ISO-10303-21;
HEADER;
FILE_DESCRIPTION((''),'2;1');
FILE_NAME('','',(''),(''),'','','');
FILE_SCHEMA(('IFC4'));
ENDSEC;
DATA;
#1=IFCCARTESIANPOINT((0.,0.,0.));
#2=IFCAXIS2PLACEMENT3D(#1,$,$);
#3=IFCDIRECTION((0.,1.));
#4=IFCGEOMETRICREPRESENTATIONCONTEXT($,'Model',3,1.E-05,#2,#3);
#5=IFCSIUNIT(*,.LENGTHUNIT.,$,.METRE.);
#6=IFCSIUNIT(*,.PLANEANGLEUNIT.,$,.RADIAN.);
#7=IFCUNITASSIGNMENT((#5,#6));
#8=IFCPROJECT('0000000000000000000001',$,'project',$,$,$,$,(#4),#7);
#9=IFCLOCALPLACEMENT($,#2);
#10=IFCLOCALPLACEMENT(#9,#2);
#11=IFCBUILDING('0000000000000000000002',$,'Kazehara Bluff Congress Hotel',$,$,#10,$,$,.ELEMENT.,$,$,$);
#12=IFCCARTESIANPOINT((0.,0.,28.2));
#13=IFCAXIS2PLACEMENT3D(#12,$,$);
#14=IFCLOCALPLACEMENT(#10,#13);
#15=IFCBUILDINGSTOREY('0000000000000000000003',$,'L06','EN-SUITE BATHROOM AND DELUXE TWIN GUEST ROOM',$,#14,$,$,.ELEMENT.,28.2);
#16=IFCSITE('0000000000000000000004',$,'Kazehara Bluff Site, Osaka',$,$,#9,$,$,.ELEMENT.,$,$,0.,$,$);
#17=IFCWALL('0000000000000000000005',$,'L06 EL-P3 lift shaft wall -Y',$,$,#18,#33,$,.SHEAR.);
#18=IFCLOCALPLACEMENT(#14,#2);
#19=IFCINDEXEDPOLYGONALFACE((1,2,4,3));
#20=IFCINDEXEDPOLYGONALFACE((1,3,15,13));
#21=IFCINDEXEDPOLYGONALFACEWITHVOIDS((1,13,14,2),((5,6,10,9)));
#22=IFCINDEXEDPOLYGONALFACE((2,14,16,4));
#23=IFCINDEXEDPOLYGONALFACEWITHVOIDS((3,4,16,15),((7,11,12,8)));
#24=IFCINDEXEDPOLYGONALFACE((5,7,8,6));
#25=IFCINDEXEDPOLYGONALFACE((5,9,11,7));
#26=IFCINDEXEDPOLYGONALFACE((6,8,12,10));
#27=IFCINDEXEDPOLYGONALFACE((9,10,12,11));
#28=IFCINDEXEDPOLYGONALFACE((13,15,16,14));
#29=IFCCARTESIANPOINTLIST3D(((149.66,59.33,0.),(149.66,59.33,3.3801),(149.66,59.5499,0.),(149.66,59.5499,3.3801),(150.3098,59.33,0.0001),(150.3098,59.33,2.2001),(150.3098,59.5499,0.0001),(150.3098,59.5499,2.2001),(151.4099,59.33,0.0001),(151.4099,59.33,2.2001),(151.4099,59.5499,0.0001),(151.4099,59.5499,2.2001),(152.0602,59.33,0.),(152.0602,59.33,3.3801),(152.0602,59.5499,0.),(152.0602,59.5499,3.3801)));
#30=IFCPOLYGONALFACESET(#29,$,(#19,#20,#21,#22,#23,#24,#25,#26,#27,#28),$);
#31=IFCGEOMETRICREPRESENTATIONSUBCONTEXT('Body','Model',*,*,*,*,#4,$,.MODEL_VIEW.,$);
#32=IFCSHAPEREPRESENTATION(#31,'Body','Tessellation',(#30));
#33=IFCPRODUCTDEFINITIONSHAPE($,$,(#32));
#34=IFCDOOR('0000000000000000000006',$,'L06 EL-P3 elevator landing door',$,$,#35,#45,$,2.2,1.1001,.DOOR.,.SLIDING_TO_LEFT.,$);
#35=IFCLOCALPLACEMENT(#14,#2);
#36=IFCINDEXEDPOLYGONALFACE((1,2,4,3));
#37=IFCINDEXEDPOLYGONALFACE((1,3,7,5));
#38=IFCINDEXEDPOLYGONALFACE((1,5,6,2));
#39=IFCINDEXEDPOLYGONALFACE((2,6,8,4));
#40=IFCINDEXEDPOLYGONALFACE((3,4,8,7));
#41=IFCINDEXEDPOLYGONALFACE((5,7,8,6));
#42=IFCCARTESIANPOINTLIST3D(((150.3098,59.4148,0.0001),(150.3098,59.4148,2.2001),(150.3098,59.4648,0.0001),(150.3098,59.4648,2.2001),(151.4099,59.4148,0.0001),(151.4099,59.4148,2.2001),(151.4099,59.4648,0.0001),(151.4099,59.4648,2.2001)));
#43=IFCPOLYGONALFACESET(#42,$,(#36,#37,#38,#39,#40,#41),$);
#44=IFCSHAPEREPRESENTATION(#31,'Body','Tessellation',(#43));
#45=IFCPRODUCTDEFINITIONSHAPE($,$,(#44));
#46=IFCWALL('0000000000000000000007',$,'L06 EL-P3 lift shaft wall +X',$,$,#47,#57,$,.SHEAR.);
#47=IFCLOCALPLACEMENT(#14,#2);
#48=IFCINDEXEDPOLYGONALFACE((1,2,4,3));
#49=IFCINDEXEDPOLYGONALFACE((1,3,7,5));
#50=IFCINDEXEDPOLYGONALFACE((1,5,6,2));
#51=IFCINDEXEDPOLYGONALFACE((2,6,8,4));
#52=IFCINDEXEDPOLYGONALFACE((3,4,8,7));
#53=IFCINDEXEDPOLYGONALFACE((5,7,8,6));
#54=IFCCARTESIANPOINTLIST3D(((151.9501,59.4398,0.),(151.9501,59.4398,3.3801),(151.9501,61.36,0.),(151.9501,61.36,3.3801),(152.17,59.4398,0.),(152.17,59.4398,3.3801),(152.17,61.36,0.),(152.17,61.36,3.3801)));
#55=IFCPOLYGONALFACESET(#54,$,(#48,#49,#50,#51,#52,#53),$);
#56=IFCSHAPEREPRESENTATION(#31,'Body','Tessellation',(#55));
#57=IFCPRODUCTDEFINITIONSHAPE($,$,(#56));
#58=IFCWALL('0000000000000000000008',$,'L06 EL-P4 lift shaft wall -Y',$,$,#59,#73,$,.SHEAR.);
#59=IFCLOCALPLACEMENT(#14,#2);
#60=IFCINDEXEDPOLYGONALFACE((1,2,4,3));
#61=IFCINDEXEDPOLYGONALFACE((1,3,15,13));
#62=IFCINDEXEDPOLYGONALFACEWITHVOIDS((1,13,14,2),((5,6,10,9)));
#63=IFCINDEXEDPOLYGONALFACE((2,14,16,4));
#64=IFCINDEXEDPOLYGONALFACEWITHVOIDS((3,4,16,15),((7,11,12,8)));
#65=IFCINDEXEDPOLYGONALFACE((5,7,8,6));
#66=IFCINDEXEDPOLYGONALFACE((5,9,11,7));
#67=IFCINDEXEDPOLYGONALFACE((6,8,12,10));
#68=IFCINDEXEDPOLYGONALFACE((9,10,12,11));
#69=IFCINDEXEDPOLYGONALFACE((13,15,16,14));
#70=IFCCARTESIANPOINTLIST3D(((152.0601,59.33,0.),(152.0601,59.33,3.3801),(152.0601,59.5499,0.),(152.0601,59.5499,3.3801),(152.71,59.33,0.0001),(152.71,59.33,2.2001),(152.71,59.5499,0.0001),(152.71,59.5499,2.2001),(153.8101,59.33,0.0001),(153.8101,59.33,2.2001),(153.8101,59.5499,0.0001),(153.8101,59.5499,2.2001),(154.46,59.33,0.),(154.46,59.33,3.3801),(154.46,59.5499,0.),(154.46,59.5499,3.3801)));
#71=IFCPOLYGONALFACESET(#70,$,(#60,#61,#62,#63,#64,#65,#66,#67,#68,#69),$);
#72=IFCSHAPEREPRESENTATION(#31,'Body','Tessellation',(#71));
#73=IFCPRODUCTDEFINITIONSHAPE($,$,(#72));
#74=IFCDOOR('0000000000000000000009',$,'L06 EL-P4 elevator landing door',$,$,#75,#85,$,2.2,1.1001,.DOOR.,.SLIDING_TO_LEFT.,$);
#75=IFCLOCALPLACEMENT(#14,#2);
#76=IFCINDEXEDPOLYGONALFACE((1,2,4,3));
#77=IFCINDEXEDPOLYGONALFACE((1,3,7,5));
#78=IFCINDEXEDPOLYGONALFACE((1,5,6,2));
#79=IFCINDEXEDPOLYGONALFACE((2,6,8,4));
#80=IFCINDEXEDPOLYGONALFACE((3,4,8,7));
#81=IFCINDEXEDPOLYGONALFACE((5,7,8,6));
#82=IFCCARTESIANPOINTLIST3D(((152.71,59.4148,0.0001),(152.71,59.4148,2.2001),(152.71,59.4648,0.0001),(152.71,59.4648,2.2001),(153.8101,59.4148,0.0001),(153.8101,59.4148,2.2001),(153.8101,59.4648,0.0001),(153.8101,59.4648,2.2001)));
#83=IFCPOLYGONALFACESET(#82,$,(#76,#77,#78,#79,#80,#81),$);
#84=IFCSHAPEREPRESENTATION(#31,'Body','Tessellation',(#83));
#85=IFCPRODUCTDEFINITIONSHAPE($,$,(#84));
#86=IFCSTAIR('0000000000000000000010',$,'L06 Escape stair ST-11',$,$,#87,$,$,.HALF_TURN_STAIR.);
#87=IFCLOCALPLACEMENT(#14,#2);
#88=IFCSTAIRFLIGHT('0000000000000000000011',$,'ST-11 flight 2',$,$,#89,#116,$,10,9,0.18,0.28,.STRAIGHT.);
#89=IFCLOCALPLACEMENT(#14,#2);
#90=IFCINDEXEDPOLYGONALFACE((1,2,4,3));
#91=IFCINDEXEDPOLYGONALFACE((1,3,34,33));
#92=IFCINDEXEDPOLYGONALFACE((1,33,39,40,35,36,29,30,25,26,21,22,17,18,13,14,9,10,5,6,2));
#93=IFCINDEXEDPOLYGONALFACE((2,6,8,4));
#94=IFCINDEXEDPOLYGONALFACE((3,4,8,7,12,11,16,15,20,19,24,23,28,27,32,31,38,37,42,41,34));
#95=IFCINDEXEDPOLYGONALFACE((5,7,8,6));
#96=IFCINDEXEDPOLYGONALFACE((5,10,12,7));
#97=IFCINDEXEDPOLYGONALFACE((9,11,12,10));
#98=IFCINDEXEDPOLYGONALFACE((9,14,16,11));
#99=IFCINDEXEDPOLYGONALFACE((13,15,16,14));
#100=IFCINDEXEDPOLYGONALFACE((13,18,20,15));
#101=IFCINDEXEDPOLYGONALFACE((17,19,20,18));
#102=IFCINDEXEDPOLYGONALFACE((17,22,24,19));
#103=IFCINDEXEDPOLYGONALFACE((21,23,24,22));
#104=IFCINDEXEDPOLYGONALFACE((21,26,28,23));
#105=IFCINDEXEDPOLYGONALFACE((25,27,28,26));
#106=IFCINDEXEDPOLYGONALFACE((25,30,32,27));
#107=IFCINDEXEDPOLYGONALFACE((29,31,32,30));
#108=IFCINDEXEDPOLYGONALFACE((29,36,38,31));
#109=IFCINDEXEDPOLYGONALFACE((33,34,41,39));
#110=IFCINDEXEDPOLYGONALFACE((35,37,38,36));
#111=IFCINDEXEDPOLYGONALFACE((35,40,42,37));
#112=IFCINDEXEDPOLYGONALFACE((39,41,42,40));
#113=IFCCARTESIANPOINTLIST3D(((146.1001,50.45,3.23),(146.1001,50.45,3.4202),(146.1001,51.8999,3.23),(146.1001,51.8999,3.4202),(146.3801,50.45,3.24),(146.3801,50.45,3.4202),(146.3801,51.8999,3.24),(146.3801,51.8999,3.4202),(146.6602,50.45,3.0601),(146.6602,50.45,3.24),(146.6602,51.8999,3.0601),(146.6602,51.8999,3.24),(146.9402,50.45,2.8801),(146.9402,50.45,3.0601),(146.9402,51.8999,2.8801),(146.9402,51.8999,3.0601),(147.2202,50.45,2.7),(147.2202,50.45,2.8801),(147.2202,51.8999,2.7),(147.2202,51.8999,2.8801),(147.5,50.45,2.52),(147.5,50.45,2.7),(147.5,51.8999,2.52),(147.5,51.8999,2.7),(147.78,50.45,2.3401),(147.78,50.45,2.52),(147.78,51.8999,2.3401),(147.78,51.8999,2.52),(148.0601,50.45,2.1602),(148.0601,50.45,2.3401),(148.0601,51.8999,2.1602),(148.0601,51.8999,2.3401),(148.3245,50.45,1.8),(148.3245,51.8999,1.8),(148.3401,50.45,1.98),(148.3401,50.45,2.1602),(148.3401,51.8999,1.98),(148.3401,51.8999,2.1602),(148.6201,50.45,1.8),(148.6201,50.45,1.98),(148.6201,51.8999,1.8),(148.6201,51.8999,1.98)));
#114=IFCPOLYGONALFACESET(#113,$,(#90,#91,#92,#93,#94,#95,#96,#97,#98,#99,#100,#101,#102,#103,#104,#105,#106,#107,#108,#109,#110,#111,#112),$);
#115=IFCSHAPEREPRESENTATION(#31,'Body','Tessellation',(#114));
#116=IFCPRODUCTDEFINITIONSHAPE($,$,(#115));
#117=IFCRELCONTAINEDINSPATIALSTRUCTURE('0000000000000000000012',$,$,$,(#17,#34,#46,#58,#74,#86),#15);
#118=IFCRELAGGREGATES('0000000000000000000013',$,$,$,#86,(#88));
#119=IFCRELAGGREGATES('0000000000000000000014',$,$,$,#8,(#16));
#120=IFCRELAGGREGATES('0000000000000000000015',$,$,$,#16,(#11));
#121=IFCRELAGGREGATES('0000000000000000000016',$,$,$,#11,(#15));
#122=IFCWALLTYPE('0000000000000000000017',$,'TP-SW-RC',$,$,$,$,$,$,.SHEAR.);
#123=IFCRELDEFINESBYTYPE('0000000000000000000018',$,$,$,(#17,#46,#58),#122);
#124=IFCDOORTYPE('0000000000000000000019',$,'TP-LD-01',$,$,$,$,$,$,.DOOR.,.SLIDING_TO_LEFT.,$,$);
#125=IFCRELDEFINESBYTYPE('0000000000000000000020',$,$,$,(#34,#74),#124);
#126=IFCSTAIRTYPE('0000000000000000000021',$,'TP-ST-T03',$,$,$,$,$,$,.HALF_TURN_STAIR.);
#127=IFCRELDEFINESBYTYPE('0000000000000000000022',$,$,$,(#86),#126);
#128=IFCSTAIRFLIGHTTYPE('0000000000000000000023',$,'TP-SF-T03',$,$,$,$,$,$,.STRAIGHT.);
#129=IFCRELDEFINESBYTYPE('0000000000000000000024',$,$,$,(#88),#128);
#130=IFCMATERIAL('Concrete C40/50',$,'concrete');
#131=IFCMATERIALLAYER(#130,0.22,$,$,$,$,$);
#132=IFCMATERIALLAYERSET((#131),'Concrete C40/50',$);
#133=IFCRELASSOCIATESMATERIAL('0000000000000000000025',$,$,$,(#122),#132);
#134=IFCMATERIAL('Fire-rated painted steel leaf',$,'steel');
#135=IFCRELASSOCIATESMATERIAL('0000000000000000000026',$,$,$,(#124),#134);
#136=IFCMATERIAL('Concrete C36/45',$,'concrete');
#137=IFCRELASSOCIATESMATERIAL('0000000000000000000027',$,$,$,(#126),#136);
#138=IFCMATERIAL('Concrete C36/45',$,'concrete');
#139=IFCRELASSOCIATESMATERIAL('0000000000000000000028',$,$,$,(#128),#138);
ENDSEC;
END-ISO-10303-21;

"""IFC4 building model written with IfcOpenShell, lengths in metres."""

from ifc_helpers import new_model, si_unit, direction, frame, frame_2d, origin, place, context, subcontext, project, spatial, polyline, rectangle, outline, extrude, material, layer, layer_set, type_object, element, fill, aggregate, save


model = new_model("IFC4")

# Units and contexts
model_context = context("Model", 3, precision=1e-05, world=origin(), true_north=direction((0.0, 1.0)))
body_context = subcontext(model_context, "Body", "Model", "MODEL_VIEW")
ifc_project = project(units=[si_unit("LENGTHUNIT", "METRE"), si_unit("PLANEANGLEUNIT", "RADIAN")], contexts=[model_context])

# Site, building, storey
site_placement = place(None, origin())
site = spatial("IfcSite", under=ifc_project, at=site_placement, Name="Kazehara Bluff Site, Osaka", CompositionType="ELEMENT", RefElevation=0.0)
building_placement = place(site_placement, origin())
building = spatial("IfcBuilding", under=site, at=building_placement, Name="Kazehara Bluff Congress Hotel", CompositionType="ELEMENT")
storey_placement = place(building_placement, frame((0.0, 0.0, 28.2)))
storey = spatial("IfcBuildingStorey", under=building, at=storey_placement, Name="L06", Description="EN-SUITE BATHROOM AND DELUXE TWIN GUEST ROOM", CompositionType="ELEMENT", Elevation=28.2)

# Shared definitions
ifc_material_1 = material(Name="Concrete C40/50", Category="concrete")
ifc_layer_1 = layer(ifc_material_1, 0.22)
ifc_layer_set_1 = layer_set([ifc_layer_1], Name="Concrete C40/50")
wall_type_1 = type_object("IfcWallType", Name="TP-SW-RC", PredefinedType="SHEAR", material=ifc_layer_set_1)

# Shared definitions
ifc_material_2 = material(Name="Fire-rated painted steel leaf", Category="steel")
door_type = type_object("IfcDoorType", Name="TP-LD-01", OperationType="SLIDING_TO_LEFT", PredefinedType="DOOR", material=ifc_material_2)

# Wall, opening, door
wall_1_placement = place(storey_placement, frame((149.6599, 59.4399, 0.0), z_axis=(0.0, 0.0, 1.0), x_axis=(1.0, 0.0, 0.0)))
wall_1 = element("IfcWall", 1, at=wall_1_placement, inside=storey, type_object=wall_type_1, Name="L06 EL-P3 lift shaft wall -Y", PredefinedType="SHEAR", context=body_context, shape_type="SweptSolid", body=[
    extrude(rectangle(XDim=2.4001, YDim=0.22, at=frame_2d((1.2002, 0.0))), origin(), (0.0, 0.0, 1.0), 3.3801),
])
opening_1_placement = place(wall_1_placement, frame((0.6499, 0.0, 0.0)))
opening_1 = element("IfcOpeningElement", 2, at=opening_1_placement, cuts=wall_1, PredefinedType="OPENING", context=body_context, shape_type="SweptSolid", body=[
    extrude(rectangle(XDim=1.1001, YDim=2.2, at=frame_2d((0.55, 1.1001))), frame((0.0, 0.1199, 0.0), z_axis=(0.0, -1.0, 0.0), x_axis=(1.0, 0.0, 0.0)), (0.0, 0.0, 1.0), 0.24),
])
door_1_placement = place(opening_1_placement, origin())
door_1 = element("IfcDoor", 3, at=door_1_placement, inside=storey, type_object=door_type, Name="L06 EL-P3 elevator landing door", OperationType="SLIDING_TO_LEFT", OverallHeight=2.2, OverallWidth=1.1001, PredefinedType="DOOR", context=body_context, shape_type="SweptSolid", body=[
    extrude(rectangle(XDim=1.1001, YDim=2.2, at=frame_2d((0.55, 1.1001))), frame((0.0, 0.0249, 0.0), z_axis=(0.0, -1.0, 0.0), x_axis=(1.0, 0.0, 0.0)), (0.0, 0.0, 1.0), 0.05),
])
fill(opening_1, door_1)

# Wall
wall_2_placement = place(storey_placement, frame((152.0601, 59.4399, 0.0), z_axis=(0.0, 0.0, 1.0), x_axis=(0.0, 1.0, 0.0)))
element("IfcWall", 4, at=wall_2_placement, inside=storey, type_object=wall_type_1, Name="L06 EL-P3 lift shaft wall +X", PredefinedType="SHEAR", context=body_context, shape_type="SweptSolid", body=[
    extrude(rectangle(XDim=1.9202, YDim=0.22, at=frame_2d((0.96, 0.0))), origin(), (0.0, 0.0, 1.0), 3.3801),
])

# Wall, opening, door
wall_3_placement = place(storey_placement, frame((152.0601, 59.4399, 0.0), z_axis=(0.0, 0.0, 1.0), x_axis=(1.0, 0.0, 0.0)))
wall_3 = element("IfcWall", 5, at=wall_3_placement, inside=storey, type_object=wall_type_1, Name="L06 EL-P4 lift shaft wall -Y", PredefinedType="SHEAR", context=body_context, shape_type="SweptSolid", body=[
    extrude(rectangle(XDim=2.3999, YDim=0.22, at=frame_2d((1.2, 0.0))), origin(), (0.0, 0.0, 1.0), 3.3801),
])
opening_2_placement = place(wall_3_placement, frame((0.6499, 0.0, 0.0)))
opening_2 = element("IfcOpeningElement", 6, at=opening_2_placement, cuts=wall_3, PredefinedType="OPENING", context=body_context, shape_type="SweptSolid", body=[
    extrude(rectangle(XDim=1.1001, YDim=2.2, at=frame_2d((0.55, 1.1001))), frame((0.0, 0.1199, 0.0), z_axis=(0.0, -1.0, 0.0), x_axis=(1.0, 0.0, 0.0)), (0.0, 0.0, 1.0), 0.24),
])
door_2_placement = place(opening_2_placement, origin())
door_2 = element("IfcDoor", 7, at=door_2_placement, inside=storey, type_object=door_type, Name="L06 EL-P4 elevator landing door", OperationType="SLIDING_TO_LEFT", OverallHeight=2.2, OverallWidth=1.1001, PredefinedType="DOOR", context=body_context, shape_type="SweptSolid", body=[
    extrude(rectangle(XDim=1.1001, YDim=2.2, at=frame_2d((0.55, 1.1001))), frame((0.0, 0.0249, 0.0), z_axis=(0.0, -1.0, 0.0), x_axis=(1.0, 0.0, 0.0)), (0.0, 0.0, 1.0), 0.05),
])
fill(opening_2, door_2)

# Stair, stair flight
ifc_material_3 = material(Name="Concrete C36/45", Category="concrete")
stair_type = type_object("IfcStairType", Name="TP-ST-T03", PredefinedType="HALF_TURN_STAIR", material=ifc_material_3)
stair_placement = place(storey_placement, origin())
stair = element("IfcStair", 8, at=stair_placement, inside=storey, type_object=stair_type, Name="L06 Escape stair ST-11", PredefinedType="HALF_TURN_STAIR")
ifc_material_4 = material(Name="Concrete C36/45", Category="concrete")
stair_flight_type = type_object("IfcStairFlightType", Name="TP-SF-T03", PredefinedType="STRAIGHT", material=ifc_material_4)
stair_flight_placement = place(storey_placement, frame((148.6201, 51.175, 1.8), z_axis=(0.0, 0.0, 1.0), x_axis=(-1.0, 0.0, 0.0)))
stair_flight = element("IfcStairFlight", 9, at=stair_flight_placement, type_object=stair_flight_type, Name="ST-11 flight 2", NumberOfRisers=10, NumberOfTreads=9, PredefinedType="STRAIGHT", RiserHeight=0.18, TreadLength=0.28, context=body_context, shape_type="SweptSolid", body=[
    extrude(outline(polyline([(0.0, 0.0), (0.0, 0.1799), (0.28, 0.1799), (0.28, 0.3601), (0.5601, 0.3601), (0.5601, 0.54), (0.8401, 0.54), (0.8401, 0.72), (1.1201, 0.72), (1.1201, 0.8999), (1.3999, 0.8999), (1.3999, 1.0801), (1.6799, 1.0801), (1.6799, 1.26), (1.96, 1.26), (1.96, 1.4399), (2.24, 1.4399), (2.24, 1.6201), (2.52, 1.6201), (2.52, 1.8), (2.52, 1.4299), (0.2957, 0.0), (0.0, 0.0)])), frame((0.0, 0.7251, 0.0), z_axis=(0.0, -1.0, 0.0), x_axis=(1.0, 0.0, 0.0)), (0.0, 0.0, 1.0), 1.45),
])
aggregate(stair, [stair_flight])

save(model, "model.ifc")
